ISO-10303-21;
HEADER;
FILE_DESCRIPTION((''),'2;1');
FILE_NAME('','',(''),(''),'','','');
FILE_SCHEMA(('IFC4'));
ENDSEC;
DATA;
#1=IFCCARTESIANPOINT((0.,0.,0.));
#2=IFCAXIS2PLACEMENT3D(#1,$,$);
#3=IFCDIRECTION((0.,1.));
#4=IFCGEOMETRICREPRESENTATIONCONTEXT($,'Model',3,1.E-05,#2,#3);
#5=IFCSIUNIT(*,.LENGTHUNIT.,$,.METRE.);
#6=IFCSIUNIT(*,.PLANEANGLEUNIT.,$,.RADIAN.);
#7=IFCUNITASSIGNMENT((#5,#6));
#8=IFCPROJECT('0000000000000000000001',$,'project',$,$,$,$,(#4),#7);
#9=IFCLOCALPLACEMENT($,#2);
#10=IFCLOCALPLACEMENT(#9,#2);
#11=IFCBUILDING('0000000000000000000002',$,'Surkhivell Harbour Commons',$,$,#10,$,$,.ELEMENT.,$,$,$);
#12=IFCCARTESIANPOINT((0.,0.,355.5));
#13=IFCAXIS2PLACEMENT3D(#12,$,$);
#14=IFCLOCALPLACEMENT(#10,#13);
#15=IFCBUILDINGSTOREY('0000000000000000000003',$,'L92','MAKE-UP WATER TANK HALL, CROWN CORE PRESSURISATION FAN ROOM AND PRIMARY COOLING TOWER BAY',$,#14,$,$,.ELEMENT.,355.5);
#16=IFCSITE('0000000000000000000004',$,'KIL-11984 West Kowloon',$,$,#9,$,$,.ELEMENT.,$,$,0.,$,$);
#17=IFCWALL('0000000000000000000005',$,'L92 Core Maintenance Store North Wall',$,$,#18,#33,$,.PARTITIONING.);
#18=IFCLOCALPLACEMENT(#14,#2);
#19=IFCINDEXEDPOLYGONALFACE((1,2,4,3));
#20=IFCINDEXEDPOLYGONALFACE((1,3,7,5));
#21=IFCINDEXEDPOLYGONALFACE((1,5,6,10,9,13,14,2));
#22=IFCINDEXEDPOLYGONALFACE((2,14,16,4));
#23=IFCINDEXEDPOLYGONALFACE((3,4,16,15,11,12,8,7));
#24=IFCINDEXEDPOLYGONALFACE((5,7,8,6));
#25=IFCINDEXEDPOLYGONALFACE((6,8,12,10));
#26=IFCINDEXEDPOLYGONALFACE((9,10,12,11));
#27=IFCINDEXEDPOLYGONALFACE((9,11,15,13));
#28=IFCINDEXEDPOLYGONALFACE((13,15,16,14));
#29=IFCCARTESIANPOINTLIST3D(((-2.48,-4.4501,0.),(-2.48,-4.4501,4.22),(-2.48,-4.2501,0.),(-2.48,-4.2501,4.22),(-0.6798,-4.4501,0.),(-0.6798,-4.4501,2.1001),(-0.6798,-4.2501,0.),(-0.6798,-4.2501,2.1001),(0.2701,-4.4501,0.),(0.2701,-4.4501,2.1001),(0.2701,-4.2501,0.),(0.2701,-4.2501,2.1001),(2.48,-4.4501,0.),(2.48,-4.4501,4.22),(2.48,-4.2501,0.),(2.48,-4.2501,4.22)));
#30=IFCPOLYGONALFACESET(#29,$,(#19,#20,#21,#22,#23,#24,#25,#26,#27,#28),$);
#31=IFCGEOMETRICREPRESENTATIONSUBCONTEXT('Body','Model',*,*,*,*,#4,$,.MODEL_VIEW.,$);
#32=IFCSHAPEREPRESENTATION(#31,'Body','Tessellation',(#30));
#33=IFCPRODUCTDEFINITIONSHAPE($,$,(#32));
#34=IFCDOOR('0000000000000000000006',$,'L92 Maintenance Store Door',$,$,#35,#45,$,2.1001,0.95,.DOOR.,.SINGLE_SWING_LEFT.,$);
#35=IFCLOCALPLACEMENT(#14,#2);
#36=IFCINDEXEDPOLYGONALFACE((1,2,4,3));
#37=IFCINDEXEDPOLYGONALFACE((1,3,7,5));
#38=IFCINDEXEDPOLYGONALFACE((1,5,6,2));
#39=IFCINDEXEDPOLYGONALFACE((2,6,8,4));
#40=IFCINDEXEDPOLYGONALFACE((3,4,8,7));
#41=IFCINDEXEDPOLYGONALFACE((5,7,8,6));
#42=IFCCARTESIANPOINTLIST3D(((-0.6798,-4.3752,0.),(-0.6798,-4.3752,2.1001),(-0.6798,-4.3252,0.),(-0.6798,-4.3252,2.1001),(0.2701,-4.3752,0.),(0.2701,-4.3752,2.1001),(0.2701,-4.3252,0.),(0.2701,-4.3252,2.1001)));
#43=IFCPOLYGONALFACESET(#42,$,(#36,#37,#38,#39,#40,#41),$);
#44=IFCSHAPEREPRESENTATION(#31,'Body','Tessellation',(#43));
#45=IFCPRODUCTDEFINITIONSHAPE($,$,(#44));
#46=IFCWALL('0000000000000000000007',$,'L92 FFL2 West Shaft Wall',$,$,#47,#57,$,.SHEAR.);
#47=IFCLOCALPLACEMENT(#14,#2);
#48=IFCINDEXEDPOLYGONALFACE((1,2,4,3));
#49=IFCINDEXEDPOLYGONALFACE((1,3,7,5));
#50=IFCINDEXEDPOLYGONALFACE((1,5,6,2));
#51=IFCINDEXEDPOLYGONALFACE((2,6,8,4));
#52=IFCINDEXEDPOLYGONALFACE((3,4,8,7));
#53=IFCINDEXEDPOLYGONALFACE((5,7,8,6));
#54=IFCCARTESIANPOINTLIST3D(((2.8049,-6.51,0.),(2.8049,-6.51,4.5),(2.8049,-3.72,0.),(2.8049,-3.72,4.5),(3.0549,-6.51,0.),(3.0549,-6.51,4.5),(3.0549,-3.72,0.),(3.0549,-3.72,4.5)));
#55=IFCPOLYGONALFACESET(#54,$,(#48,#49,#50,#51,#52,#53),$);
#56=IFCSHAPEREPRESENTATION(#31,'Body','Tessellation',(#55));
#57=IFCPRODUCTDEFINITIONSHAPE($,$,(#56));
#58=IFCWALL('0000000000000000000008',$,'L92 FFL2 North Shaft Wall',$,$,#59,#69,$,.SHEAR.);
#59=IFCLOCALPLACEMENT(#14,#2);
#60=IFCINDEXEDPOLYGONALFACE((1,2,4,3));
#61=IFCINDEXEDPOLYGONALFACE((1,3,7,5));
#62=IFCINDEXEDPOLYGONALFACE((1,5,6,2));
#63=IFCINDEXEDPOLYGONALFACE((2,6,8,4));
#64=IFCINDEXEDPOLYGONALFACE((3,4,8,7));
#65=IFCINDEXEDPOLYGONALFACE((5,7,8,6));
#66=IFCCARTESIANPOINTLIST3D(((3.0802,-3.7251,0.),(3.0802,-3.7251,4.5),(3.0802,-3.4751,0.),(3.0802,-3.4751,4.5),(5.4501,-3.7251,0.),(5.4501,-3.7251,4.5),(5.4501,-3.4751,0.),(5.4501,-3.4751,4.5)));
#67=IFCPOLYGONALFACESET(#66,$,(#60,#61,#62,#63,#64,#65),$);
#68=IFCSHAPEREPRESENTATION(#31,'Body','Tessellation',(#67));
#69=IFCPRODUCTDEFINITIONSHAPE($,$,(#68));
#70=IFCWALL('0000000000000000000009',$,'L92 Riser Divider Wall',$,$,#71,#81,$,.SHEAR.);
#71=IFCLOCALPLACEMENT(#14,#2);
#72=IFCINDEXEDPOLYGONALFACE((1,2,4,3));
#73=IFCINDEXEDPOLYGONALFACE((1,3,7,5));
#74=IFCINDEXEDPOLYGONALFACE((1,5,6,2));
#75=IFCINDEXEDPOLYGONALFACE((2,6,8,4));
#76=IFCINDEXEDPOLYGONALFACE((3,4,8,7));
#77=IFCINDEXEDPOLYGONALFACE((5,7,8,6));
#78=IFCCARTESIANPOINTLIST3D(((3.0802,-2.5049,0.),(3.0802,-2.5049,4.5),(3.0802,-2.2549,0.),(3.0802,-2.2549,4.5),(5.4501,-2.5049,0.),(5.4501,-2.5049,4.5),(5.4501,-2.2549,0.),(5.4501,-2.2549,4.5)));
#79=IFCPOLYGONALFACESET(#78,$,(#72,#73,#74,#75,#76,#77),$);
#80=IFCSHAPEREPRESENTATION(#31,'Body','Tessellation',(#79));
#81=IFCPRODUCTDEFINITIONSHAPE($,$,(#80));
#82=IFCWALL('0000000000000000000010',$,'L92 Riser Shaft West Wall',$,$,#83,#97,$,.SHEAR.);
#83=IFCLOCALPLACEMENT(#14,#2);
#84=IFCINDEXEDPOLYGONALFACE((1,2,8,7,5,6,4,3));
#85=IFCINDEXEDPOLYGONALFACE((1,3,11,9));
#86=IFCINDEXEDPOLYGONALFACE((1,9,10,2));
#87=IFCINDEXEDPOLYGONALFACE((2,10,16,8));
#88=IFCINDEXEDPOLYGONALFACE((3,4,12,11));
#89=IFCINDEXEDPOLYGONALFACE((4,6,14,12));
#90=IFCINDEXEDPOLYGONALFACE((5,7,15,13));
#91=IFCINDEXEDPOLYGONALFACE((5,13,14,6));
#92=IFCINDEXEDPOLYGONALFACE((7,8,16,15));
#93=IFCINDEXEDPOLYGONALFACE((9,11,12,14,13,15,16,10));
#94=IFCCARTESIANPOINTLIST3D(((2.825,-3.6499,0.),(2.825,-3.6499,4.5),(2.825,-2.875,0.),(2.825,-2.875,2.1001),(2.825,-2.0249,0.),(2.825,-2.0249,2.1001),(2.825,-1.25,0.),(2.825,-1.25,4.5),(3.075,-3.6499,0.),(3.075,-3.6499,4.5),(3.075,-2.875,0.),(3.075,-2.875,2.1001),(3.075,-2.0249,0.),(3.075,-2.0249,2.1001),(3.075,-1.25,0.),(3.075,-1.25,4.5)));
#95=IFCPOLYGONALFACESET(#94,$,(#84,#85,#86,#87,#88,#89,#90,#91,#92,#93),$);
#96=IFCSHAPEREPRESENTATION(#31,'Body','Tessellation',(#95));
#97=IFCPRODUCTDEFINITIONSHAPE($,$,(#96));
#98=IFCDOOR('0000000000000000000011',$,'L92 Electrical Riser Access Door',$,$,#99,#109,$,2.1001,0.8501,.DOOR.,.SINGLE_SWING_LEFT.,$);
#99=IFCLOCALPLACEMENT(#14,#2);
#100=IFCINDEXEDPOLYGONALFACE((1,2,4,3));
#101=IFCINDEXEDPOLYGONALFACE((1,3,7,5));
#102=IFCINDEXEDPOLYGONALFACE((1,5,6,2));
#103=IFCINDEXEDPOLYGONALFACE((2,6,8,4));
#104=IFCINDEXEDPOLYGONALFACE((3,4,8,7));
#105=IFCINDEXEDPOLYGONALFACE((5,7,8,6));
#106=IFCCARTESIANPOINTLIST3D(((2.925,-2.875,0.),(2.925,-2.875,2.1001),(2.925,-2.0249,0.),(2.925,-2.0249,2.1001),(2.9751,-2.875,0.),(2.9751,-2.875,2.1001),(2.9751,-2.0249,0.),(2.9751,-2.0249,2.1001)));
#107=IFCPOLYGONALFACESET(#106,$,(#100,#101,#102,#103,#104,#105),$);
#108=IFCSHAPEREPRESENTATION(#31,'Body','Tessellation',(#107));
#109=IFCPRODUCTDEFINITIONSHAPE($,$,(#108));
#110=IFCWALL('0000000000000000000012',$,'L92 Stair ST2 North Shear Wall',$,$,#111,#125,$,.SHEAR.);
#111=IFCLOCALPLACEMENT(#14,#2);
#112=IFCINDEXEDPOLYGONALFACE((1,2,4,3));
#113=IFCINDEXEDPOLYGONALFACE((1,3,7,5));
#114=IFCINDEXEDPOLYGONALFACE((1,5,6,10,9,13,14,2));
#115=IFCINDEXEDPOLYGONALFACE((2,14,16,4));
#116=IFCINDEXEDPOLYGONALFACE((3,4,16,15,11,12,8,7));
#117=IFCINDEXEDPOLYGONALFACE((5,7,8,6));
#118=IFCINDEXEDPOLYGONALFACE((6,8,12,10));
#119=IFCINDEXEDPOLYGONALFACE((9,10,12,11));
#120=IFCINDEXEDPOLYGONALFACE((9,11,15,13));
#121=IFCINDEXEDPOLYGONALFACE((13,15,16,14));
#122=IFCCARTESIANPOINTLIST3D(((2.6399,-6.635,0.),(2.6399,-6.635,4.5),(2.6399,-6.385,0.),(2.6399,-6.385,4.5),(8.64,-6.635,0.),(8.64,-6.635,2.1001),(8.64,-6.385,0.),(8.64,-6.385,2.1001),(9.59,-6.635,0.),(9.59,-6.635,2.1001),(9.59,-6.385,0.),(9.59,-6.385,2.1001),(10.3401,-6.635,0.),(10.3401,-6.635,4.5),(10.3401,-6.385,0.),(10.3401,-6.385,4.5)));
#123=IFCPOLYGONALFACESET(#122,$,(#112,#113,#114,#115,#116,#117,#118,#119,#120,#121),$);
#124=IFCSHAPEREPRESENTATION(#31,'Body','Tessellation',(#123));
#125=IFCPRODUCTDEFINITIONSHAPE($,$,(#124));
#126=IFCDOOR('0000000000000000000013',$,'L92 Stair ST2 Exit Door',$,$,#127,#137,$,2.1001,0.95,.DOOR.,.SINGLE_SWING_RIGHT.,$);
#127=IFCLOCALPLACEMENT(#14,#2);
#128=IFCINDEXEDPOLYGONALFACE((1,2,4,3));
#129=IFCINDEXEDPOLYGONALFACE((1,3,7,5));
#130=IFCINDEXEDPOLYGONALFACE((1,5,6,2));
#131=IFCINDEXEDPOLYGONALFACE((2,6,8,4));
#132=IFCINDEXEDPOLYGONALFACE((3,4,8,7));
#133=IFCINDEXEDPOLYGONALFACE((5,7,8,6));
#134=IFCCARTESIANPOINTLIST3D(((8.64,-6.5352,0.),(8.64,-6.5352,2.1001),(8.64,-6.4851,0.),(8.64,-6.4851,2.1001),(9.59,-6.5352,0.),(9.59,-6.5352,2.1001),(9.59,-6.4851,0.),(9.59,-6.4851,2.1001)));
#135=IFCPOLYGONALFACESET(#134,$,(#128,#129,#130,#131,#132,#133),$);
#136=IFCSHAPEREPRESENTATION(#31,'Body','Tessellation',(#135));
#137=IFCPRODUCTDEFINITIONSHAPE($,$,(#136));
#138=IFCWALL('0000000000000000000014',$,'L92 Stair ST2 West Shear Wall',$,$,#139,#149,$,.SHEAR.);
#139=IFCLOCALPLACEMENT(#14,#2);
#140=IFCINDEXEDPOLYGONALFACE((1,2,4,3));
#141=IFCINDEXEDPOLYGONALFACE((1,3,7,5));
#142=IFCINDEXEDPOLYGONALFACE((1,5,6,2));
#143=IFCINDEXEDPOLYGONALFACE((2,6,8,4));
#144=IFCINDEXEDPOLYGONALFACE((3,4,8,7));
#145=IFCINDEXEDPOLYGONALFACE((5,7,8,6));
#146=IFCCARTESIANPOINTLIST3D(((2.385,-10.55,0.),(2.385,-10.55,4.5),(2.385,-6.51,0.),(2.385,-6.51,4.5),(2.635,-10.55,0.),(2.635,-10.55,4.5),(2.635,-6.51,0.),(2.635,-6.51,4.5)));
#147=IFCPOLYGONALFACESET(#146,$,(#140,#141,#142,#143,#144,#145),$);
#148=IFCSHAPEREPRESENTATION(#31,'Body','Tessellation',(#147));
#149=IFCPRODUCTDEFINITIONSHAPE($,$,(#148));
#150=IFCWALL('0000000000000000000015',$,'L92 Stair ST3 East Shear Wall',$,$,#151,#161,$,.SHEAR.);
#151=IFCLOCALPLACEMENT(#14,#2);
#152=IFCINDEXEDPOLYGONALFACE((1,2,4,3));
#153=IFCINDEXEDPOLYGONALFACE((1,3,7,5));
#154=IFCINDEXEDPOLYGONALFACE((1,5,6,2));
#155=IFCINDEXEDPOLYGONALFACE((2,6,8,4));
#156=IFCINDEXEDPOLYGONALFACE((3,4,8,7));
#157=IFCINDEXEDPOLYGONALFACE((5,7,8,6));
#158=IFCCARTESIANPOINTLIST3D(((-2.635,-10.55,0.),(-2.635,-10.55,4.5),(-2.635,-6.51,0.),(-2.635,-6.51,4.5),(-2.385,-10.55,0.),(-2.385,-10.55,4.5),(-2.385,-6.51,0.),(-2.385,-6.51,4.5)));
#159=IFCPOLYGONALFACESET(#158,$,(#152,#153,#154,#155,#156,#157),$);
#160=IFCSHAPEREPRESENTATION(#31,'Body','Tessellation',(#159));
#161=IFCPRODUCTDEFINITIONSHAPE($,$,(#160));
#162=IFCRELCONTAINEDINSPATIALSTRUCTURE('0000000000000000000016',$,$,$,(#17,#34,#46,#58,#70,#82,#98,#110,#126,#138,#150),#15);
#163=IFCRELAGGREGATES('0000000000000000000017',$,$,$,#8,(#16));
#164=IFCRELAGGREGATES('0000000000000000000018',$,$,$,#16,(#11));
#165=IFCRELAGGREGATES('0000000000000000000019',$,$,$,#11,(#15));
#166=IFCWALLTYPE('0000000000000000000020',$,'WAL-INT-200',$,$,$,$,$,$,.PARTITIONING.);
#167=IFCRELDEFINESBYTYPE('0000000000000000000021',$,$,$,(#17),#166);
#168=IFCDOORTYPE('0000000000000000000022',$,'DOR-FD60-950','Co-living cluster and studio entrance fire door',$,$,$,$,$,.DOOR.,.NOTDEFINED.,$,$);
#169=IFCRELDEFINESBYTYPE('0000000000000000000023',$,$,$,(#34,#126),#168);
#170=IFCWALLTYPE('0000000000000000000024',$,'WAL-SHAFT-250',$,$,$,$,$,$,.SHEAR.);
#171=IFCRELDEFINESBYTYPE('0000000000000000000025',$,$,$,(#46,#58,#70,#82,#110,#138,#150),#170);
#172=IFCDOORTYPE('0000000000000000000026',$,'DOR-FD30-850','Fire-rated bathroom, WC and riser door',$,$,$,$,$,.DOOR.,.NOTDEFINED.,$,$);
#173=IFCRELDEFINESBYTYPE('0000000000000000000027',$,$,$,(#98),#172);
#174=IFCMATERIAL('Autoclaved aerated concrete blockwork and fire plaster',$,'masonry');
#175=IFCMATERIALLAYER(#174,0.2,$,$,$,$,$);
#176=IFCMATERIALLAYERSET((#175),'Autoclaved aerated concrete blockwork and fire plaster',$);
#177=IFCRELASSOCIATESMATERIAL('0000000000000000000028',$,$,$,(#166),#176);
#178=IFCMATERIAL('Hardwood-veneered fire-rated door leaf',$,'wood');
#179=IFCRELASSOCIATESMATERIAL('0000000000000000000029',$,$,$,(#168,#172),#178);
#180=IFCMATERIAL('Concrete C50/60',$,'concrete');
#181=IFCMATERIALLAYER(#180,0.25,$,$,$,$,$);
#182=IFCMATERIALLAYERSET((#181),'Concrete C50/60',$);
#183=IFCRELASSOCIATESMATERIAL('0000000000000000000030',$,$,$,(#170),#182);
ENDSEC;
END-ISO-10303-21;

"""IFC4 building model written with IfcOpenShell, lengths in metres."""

from ifc_helpers import new_model, si_unit, direction, frame, frame_2d, origin, place, context, subcontext, project, spatial, rectangle, extrude, material, layer, layer_set, type_object, element, fill, save


model = new_model("IFC4")

# Units and contexts
model_context = context("Model", 3, precision=1e-05, world=origin(), true_north=direction((0.0, 1.0)))
body_context = subcontext(model_context, "Body", "Model", "MODEL_VIEW")
ifc_project = project(units=[si_unit("LENGTHUNIT", "METRE"), si_unit("PLANEANGLEUNIT", "RADIAN")], contexts=[model_context])

# Site, building, storey
site_placement = place(None, origin())
site = spatial("IfcSite", under=ifc_project, at=site_placement, Name="KIL-11984 West Kowloon", CompositionType="ELEMENT", RefElevation=0.0)
building_placement = place(site_placement, origin())
building = spatial("IfcBuilding", under=site, at=building_placement, Name="Surkhivell Harbour Commons", CompositionType="ELEMENT")
storey_placement = place(building_placement, frame((0.0, 0.0, 355.5)))
storey = spatial("IfcBuildingStorey", under=building, at=storey_placement, Name="L92", Description="MAKE-UP WATER TANK HALL, CROWN CORE PRESSURISATION FAN ROOM AND PRIMARY COOLING TOWER BAY", CompositionType="ELEMENT", Elevation=355.5)

# Shared definitions
ifc_material_1 = material(Name="Concrete C50/60", Category="concrete")

# Wall, opening, door
ifc_material_2 = material(Name="Autoclaved aerated concrete blockwork and fire plaster", Category="masonry")
ifc_layer_1 = layer(ifc_material_2, 0.2)
ifc_layer_set_1 = layer_set([ifc_layer_1], Name="Autoclaved aerated concrete blockwork and fire plaster")
wall_type_1 = type_object("IfcWallType", Name="WAL-INT-200", PredefinedType="PARTITIONING", material=ifc_layer_set_1)
wall_1_placement = place(storey_placement, frame((-2.48, -4.3501, 0.0), z_axis=(0.0, 0.0, 1.0), x_axis=(1.0, 0.0, 0.0)))
wall_1 = element("IfcWall", 1, at=wall_1_placement, inside=storey, type_object=wall_type_1, Name="L92 Core Maintenance Store North Wall", PredefinedType="PARTITIONING", context=body_context, shape_type="SweptSolid", body=[
    extrude(rectangle(XDim=4.96, YDim=0.2, at=frame_2d((2.48, 0.0))), origin(), (0.0, 0.0, 1.0), 4.22),
])
opening_1_placement = place(wall_1_placement, frame((1.8, 0.0, 0.0)))
opening_1 = element("IfcOpeningElement", 2, at=opening_1_placement, cuts=wall_1, PredefinedType="OPENING", context=body_context, shape_type="SweptSolid", body=[
    extrude(rectangle(XDim=0.95, YDim=2.1001, at=frame_2d((0.4751, 1.05))), frame((0.0, 0.1099, 0.0), z_axis=(0.0, -1.0, 0.0), x_axis=(1.0, 0.0, 0.0)), (0.0, 0.0, 1.0), 0.22),
])
ifc_material_3 = material(Name="Hardwood-veneered fire-rated door leaf", Category="wood")
door_type_1 = type_object("IfcDoorType", Name="DOR-FD60-950", Description="Co-living cluster and studio entrance fire door", OperationType="NOTDEFINED", PredefinedType="DOOR", material=ifc_material_3)
door_1_placement = place(opening_1_placement, origin())
door_1 = element("IfcDoor", 3, at=door_1_placement, inside=storey, type_object=door_type_1, Name="L92 Maintenance Store Door", OperationType="SINGLE_SWING_LEFT", OverallHeight=2.1001, OverallWidth=0.95, PredefinedType="DOOR", context=body_context, shape_type="SweptSolid", body=[
    extrude(rectangle(XDim=0.95, YDim=2.1001, at=frame_2d((0.4751, 1.05))), frame((0.0, 0.0249, 0.0), z_axis=(0.0, -1.0, 0.0), x_axis=(1.0, 0.0, 0.0)), (0.0, 0.0, 1.0), 0.05),
])
fill(opening_1, door_1)

# Walls
ifc_layer_2 = layer(ifc_material_1, 0.25)
ifc_layer_set_2 = layer_set([ifc_layer_2], Name="Concrete C50/60")
wall_type_2 = type_object("IfcWallType", Name="WAL-SHAFT-250", PredefinedType="SHEAR", material=ifc_layer_set_2)
wall_2_placement = place(storey_placement, frame((2.9299, -6.51, 0.0), z_axis=(0.0, 0.0, 1.0), x_axis=(0.0, 1.0, 0.0)))
element("IfcWall", 4, at=wall_2_placement, inside=storey, type_object=wall_type_2, Name="L92 FFL2 West Shaft Wall", PredefinedType="SHEAR", context=body_context, shape_type="SweptSolid", body=[
    extrude(rectangle(XDim=2.79, YDim=0.25, at=frame_2d((1.395, 0.0))), origin(), (0.0, 0.0, 1.0), 4.5),
])
for number, where, z_axis, x_axis, name in (
    (5, (3.0801, -3.6001, 0.0), (0.0, 0.0, 1.0), (1.0, 0.0, 0.0), "L92 FFL2 North Shaft Wall"),
    (6, (3.0801, -2.3799, 0.0), (0.0, 0.0, 1.0), (1.0, 0.0, 0.0), "L92 Riser Divider Wall"),
):
    element("IfcWall", number, at=place(storey_placement, frame(where, z_axis=z_axis, x_axis=x_axis)), inside=storey, type_object=wall_type_2, Name=name, PredefinedType="SHEAR", context=body_context, shape_type="SweptSolid", body=[
        extrude(rectangle(XDim=2.3699, YDim=0.25, at=frame_2d((1.1851, 0.0))), origin(), (0.0, 0.0, 1.0), 4.5),
    ])

# Walls, openings, doors
wall_3_placement = place(storey_placement, frame((2.95, -3.6499, 0.0), z_axis=(0.0, 0.0, 1.0), x_axis=(0.0, 1.0, 0.0)))
wall_3 = element("IfcWall", 7, at=wall_3_placement, inside=storey, type_object=wall_type_2, Name="L92 Riser Shaft West Wall", PredefinedType="SHEAR", context=body_context, shape_type="SweptSolid", body=[
    extrude(rectangle(XDim=2.3999, YDim=0.25, at=frame_2d((1.2, 0.0))), origin(), (0.0, 0.0, 1.0), 4.5),
])
opening_2_placement = place(wall_3_placement, frame((0.7749, 0.0, 0.0)))
opening_2 = element("IfcOpeningElement", 8, at=opening_2_placement, cuts=wall_3, PredefinedType="OPENING", context=body_context, shape_type="SweptSolid", body=[
    extrude(rectangle(XDim=0.8501, YDim=2.1001, at=frame_2d((0.425, 1.05))), frame((0.0, 0.135, 0.0), z_axis=(0.0, -1.0, 0.0), x_axis=(1.0, 0.0, 0.0)), (0.0, 0.0, 1.0), 0.27),
])
door_type_2 = type_object("IfcDoorType", Name="DOR-FD30-850", Description="Fire-rated bathroom, WC and riser door", OperationType="NOTDEFINED", PredefinedType="DOOR", material=ifc_material_3)
door_2_placement = place(opening_2_placement, origin())
door_2 = element("IfcDoor", 9, at=door_2_placement, inside=storey, type_object=door_type_2, Name="L92 Electrical Riser Access Door", OperationType="SINGLE_SWING_LEFT", OverallHeight=2.1001, OverallWidth=0.8501, PredefinedType="DOOR", context=body_context, shape_type="SweptSolid", body=[
    extrude(rectangle(XDim=0.8501, YDim=2.1001, at=frame_2d((0.425, 1.05))), frame((0.0, 0.0249, 0.0), z_axis=(0.0, -1.0, 0.0), x_axis=(1.0, 0.0, 0.0)), (0.0, 0.0, 1.0), 0.05),
])
fill(opening_2, door_2)
wall_4_placement = place(storey_placement, frame((2.6399, -6.51, 0.0), z_axis=(0.0, 0.0, 1.0), x_axis=(1.0, 0.0, 0.0)))
wall_4 = element("IfcWall", 10, at=wall_4_placement, inside=storey, type_object=wall_type_2, Name="L92 Stair ST2 North Shear Wall", PredefinedType="SHEAR", context=body_context, shape_type="SweptSolid", body=[
    extrude(rectangle(XDim=7.7002, YDim=0.25, at=frame_2d((3.8501, 0.0))), origin(), (0.0, 0.0, 1.0), 4.5),
])
opening_3_placement = place(wall_4_placement, frame((6.0, 0.0, 0.0)))
opening_3 = element("IfcOpeningElement", 11, at=opening_3_placement, cuts=wall_4, PredefinedType="OPENING", context=body_context, shape_type="SweptSolid", body=[
    extrude(rectangle(XDim=0.95, YDim=2.1001, at=frame_2d((0.4751, 1.05))), frame((0.0, 0.135, 0.0), z_axis=(0.0, -1.0, 0.0), x_axis=(1.0, 0.0, 0.0)), (0.0, 0.0, 1.0), 0.27),
])
door_3_placement = place(opening_3_placement, origin())
door_3 = element("IfcDoor", 12, at=door_3_placement, inside=storey, type_object=door_type_1, Name="L92 Stair ST2 Exit Door", OperationType="SINGLE_SWING_RIGHT", OverallHeight=2.1001, OverallWidth=0.95, PredefinedType="DOOR", context=body_context, shape_type="SweptSolid", body=[
    extrude(rectangle(XDim=0.95, YDim=2.1001, at=frame_2d((0.4751, 1.05))), frame((0.0, 0.0249, 0.0), z_axis=(0.0, -1.0, 0.0), x_axis=(1.0, 0.0, 0.0)), (0.0, 0.0, 1.0), 0.05),
])
fill(opening_3, door_3)

# Walls
for number, where, z_axis, x_axis, name in (
    (13, (2.51, -10.55, 0.0), (0.0, 0.0, 1.0), (0.0, 1.0, 0.0), "L92 Stair ST2 West Shear Wall"),
    (14, (-2.51, -10.55, 0.0), (0.0, 0.0, 1.0), (0.0, 1.0, 0.0), "L92 Stair ST3 East Shear Wall"),
):
    element("IfcWall", number, at=place(storey_placement, frame(where, z_axis=z_axis, x_axis=x_axis)), inside=storey, type_object=wall_type_2, Name=name, PredefinedType="SHEAR", context=body_context, shape_type="SweptSolid", body=[
        extrude(rectangle(XDim=4.04, YDim=0.25, at=frame_2d((2.02, 0.0))), origin(), (0.0, 0.0, 1.0), 4.5),
    ])

save(model, "model.ifc")
